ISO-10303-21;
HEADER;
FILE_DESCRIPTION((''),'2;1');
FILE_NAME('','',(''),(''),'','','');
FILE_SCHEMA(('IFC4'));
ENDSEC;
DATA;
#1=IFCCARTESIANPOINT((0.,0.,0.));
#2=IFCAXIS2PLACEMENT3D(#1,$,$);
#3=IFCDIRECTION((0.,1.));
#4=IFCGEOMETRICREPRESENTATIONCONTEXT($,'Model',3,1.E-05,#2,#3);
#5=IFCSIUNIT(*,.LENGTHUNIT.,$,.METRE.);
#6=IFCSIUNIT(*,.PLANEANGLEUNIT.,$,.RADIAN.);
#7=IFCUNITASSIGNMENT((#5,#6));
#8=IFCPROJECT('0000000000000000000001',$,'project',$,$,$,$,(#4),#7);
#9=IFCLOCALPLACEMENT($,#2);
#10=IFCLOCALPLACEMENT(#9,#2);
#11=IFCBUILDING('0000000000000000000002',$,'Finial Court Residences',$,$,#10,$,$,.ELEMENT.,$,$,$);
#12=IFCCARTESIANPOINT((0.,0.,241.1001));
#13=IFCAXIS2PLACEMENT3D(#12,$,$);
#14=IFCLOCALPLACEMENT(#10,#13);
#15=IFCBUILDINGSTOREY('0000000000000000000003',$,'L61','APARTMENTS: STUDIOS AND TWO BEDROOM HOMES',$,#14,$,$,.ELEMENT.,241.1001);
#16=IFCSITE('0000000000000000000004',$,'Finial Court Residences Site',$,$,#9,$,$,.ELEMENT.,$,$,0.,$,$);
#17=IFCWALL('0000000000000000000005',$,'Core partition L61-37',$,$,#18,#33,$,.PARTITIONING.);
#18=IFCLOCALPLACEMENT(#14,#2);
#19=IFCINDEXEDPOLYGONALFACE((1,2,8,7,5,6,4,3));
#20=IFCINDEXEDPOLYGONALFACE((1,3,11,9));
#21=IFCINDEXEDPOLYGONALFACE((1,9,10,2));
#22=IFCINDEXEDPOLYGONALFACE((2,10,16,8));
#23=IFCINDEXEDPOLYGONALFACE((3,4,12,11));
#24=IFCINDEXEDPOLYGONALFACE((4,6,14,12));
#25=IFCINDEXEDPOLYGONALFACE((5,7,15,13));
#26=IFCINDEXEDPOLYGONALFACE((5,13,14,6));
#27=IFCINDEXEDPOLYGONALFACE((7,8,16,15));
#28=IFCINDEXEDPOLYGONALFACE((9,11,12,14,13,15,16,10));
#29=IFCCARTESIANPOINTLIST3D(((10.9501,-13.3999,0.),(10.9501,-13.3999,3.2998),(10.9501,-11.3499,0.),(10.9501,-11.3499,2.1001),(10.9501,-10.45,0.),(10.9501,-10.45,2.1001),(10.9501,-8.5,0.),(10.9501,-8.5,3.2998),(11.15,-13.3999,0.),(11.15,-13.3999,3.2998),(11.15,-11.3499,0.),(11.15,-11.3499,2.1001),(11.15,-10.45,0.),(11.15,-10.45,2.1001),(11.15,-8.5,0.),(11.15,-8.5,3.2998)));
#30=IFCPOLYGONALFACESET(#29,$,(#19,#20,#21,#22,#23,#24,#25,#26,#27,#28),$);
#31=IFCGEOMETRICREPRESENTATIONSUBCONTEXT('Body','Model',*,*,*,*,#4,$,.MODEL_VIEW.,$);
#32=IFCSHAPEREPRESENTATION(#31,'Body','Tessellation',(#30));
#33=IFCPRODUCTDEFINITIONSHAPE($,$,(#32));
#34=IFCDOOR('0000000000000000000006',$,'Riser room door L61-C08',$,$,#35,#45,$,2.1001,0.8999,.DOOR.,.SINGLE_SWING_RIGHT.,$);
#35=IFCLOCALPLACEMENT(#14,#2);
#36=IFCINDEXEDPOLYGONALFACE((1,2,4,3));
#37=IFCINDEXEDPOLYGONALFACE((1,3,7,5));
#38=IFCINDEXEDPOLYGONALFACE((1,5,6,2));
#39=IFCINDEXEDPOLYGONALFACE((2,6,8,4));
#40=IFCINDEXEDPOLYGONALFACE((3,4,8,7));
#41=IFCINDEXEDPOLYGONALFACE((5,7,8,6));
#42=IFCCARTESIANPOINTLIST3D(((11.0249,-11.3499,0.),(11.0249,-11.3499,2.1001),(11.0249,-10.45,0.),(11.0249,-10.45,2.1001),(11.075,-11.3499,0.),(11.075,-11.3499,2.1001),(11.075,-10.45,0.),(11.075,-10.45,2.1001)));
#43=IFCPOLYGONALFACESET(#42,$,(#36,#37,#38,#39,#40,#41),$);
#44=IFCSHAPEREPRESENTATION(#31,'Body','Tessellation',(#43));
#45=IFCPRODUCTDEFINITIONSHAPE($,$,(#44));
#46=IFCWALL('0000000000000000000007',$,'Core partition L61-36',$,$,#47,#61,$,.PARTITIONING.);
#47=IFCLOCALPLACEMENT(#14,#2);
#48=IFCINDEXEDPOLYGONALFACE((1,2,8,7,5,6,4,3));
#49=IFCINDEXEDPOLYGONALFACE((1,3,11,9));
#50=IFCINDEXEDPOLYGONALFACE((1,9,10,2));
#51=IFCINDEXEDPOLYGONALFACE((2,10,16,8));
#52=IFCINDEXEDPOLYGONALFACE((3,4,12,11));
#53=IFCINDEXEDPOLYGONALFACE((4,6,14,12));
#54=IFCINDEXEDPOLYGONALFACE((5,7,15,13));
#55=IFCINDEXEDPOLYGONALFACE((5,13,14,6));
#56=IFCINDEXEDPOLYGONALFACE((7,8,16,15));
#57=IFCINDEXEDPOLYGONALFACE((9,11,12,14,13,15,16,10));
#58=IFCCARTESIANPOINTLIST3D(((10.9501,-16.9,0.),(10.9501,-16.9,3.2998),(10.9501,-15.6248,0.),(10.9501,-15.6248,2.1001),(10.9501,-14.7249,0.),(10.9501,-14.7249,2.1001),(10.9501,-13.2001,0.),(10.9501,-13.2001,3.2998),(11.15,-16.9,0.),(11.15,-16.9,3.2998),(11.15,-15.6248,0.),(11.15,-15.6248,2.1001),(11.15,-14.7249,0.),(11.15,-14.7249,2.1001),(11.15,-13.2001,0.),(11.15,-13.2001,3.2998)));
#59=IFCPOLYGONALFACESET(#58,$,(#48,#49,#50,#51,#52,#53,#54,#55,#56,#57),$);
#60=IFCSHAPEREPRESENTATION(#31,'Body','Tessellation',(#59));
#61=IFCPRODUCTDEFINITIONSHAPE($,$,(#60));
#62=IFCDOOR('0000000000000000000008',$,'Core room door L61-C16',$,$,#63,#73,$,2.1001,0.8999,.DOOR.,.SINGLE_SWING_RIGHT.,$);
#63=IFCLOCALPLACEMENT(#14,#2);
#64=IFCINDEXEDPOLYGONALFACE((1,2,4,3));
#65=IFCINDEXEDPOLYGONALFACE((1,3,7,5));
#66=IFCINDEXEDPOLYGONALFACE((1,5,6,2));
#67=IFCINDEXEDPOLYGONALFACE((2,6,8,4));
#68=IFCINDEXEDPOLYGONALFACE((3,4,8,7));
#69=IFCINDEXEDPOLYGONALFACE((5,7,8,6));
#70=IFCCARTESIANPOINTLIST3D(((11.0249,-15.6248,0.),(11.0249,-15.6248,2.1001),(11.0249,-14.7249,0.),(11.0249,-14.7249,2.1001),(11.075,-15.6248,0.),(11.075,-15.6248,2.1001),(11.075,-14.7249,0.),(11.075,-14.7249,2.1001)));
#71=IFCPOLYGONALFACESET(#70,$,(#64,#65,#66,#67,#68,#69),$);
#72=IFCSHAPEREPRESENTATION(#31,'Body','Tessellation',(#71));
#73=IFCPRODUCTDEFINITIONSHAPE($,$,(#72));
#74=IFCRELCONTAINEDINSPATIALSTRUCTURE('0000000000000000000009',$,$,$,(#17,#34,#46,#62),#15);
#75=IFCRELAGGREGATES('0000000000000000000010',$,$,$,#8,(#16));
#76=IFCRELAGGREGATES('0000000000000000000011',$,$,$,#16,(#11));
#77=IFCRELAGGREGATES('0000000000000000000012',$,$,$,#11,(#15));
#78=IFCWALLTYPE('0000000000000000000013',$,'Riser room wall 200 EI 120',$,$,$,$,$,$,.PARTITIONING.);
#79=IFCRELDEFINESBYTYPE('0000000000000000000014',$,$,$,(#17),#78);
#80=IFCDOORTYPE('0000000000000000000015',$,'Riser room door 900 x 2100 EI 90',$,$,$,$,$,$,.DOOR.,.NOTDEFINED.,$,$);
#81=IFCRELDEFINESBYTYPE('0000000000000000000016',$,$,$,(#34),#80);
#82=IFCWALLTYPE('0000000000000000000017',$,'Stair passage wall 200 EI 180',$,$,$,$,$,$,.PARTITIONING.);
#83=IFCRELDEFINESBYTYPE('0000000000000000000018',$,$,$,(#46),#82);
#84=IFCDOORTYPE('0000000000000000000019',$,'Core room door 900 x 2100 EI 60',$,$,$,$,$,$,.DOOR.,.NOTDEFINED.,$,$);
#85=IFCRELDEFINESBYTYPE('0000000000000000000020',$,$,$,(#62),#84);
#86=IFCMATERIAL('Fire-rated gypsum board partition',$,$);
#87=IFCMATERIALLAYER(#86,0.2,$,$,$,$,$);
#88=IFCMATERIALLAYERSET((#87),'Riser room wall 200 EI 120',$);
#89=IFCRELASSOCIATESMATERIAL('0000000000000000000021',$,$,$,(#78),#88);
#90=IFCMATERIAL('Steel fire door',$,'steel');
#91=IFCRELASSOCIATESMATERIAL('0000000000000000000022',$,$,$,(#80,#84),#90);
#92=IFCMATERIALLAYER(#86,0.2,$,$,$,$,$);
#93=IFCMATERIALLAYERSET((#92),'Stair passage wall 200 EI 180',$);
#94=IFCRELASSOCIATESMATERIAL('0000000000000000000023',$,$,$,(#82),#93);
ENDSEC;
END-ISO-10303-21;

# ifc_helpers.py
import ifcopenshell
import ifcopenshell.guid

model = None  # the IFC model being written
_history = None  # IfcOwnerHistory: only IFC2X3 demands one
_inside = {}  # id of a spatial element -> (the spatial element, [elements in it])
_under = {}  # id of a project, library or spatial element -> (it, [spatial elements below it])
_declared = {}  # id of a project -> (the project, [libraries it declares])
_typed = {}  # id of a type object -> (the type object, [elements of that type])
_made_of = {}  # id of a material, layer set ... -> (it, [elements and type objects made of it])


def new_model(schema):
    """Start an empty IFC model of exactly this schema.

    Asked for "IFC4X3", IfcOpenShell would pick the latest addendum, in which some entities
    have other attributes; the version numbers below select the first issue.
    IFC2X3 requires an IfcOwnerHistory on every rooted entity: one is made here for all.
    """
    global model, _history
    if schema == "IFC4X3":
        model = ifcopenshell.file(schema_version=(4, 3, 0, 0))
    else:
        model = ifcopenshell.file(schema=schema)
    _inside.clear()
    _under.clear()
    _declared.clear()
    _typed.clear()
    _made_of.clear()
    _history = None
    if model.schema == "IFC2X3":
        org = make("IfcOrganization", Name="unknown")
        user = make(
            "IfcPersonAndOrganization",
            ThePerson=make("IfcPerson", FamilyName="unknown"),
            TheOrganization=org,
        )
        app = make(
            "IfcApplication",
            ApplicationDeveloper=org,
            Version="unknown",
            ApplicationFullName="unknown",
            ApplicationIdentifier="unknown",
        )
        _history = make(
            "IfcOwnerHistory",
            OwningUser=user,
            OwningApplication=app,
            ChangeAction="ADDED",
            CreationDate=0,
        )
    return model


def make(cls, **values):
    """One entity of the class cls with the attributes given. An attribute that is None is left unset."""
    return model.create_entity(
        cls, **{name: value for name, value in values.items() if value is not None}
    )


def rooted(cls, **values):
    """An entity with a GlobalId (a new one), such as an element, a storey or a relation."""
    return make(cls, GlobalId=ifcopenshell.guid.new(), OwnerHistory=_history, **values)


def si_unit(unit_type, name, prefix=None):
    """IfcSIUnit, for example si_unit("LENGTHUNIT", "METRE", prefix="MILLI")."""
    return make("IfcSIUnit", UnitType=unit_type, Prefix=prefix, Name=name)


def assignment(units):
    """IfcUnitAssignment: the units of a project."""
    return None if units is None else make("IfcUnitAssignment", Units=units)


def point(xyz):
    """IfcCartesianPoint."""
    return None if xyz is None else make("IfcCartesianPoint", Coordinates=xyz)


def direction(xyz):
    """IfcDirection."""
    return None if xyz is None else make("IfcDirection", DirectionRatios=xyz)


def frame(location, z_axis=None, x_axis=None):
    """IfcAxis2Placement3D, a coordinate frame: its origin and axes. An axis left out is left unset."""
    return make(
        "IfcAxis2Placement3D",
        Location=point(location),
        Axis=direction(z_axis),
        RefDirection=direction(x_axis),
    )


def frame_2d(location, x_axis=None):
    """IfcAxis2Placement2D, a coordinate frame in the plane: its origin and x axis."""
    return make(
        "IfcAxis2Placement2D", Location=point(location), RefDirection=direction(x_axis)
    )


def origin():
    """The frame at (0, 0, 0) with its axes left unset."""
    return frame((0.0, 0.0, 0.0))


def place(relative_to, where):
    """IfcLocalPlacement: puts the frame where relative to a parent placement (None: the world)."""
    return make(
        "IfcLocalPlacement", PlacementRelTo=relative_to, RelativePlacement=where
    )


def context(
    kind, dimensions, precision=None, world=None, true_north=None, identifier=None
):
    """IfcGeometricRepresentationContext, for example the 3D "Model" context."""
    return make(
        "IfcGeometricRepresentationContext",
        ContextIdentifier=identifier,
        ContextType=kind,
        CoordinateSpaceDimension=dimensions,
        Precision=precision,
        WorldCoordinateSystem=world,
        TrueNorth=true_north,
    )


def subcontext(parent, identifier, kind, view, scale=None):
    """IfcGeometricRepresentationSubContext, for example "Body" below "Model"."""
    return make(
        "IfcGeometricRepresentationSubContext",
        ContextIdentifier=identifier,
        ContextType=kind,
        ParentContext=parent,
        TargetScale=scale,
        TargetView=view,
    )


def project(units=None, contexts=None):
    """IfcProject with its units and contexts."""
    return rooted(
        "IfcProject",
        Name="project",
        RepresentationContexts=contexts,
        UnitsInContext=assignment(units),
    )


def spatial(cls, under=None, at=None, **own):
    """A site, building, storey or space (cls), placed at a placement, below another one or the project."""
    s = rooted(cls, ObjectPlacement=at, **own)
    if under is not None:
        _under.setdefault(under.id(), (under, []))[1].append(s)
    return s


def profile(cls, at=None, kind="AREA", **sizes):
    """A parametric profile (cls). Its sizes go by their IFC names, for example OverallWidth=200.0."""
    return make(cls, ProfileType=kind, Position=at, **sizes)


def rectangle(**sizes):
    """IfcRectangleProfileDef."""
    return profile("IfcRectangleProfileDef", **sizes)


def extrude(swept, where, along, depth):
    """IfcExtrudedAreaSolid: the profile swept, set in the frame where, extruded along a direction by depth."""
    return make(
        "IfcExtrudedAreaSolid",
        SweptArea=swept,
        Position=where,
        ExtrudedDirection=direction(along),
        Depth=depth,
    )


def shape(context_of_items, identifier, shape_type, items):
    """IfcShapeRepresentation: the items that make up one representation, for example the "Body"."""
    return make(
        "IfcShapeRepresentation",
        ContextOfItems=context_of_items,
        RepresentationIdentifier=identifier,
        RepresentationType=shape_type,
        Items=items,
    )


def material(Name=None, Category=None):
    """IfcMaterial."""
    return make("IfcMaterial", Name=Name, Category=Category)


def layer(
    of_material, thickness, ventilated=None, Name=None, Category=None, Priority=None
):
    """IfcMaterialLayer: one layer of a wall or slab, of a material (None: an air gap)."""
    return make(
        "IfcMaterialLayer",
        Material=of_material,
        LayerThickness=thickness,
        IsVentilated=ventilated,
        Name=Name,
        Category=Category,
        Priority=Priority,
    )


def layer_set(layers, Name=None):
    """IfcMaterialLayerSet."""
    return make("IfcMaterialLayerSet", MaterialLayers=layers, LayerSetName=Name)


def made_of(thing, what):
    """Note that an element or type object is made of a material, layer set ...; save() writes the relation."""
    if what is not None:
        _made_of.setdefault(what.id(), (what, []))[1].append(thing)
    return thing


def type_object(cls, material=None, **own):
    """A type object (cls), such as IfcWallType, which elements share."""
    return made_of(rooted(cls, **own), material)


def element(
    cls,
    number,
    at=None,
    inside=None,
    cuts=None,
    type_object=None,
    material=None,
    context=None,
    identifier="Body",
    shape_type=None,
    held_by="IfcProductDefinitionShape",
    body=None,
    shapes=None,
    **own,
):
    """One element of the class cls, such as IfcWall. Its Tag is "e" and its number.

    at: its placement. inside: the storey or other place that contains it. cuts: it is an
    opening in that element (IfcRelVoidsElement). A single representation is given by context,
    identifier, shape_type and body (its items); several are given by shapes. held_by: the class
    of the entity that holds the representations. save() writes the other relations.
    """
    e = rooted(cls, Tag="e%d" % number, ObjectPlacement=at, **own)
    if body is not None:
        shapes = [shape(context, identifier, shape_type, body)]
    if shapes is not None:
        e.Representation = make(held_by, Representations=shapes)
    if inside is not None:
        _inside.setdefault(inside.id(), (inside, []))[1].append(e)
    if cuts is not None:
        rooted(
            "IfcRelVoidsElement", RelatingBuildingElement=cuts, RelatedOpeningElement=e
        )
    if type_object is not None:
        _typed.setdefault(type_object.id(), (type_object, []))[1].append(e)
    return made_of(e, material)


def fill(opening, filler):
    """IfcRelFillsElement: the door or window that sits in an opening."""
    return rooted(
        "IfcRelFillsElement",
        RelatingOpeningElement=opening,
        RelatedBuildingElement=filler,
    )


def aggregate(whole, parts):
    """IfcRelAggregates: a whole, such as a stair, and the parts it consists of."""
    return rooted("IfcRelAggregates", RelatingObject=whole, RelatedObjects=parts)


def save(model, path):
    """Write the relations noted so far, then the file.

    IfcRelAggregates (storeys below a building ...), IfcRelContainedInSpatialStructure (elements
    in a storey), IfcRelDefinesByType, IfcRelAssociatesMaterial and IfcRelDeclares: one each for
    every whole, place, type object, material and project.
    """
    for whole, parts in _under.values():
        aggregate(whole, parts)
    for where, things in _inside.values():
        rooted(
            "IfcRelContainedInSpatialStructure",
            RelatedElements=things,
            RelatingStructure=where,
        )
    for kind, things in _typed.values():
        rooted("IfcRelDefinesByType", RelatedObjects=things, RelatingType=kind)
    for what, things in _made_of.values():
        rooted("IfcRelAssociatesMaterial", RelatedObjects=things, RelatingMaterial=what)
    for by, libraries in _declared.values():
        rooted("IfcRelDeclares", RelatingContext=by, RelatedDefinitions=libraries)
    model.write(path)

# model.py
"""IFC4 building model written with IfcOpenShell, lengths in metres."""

from ifc_helpers import new_model, si_unit, direction, frame, frame_2d, origin, place, context, subcontext, project, spatial, rectangle, extrude, material, layer, layer_set, type_object, element, fill, save


model = new_model("IFC4")

# Units and contexts
model_context = context("Model", 3, precision=1e-05, world=origin(), true_north=direction((0.0, 1.0)))
body_context = subcontext(model_context, "Body", "Model", "MODEL_VIEW")
ifc_project = project(units=[si_unit("LENGTHUNIT", "METRE"), si_unit("PLANEANGLEUNIT", "RADIAN")], contexts=[model_context])

# Site, building, storey
site_placement = place(None, origin())
site = spatial("IfcSite", under=ifc_project, at=site_placement, Name="Finial Court Residences Site", CompositionType="ELEMENT", RefElevation=0.0)
building_placement = place(site_placement, origin())
building = spatial("IfcBuilding", under=site, at=building_placement, Name="Finial Court Residences", CompositionType="ELEMENT")
storey_placement = place(building_placement, frame((0.0, 0.0, 241.1001)))
storey = spatial("IfcBuildingStorey", under=building, at=storey_placement, Name="L61", Description="APARTMENTS: STUDIOS AND TWO BEDROOM HOMES", CompositionType="ELEMENT", Elevation=241.1001)

# Shared definitions
ifc_material_1 = material(Name="Steel fire door", Category="steel")

# Shared definitions
ifc_material_2 = material(Name="Fire-rated gypsum board partition")
ifc_layer_1 = layer(ifc_material_2, 0.2)
ifc_layer_set_1 = layer_set([ifc_layer_1], Name="Riser room wall 200 EI 120")
wall_type_1 = type_object("IfcWallType", Name="Riser room wall 200 EI 120", PredefinedType="PARTITIONING", material=ifc_layer_set_1)

# Walls, openings, doors
wall_1_placement = place(storey_placement, frame((11.05, -8.5, 0.0), z_axis=(0.0, 0.0, 1.0), x_axis=(0.0, -1.0, 0.0)))
wall_1 = element("IfcWall", 1, at=wall_1_placement, inside=storey, type_object=wall_type_1, Name="Core partition L61-37", PredefinedType="PARTITIONING", context=body_context, shape_type="SweptSolid", body=[
    extrude(rectangle(XDim=4.8999, YDim=0.2, at=frame_2d((2.45, 0.0))), origin(), (0.0, 0.0, 1.0), 3.2998),
])
opening_1_placement = place(wall_1_placement, frame((1.95, 0.0, 0.0)))
opening_1 = element("IfcOpeningElement", 2, at=opening_1_placement, cuts=wall_1, PredefinedType="OPENING", context=body_context, shape_type="SweptSolid", body=[
    extrude(rectangle(XDim=0.8999, YDim=2.1001, at=frame_2d((0.45, 1.05))), frame((0.0, 0.1099, 0.0), z_axis=(0.0, -1.0, 0.0), x_axis=(1.0, 0.0, 0.0)), (0.0, 0.0, 1.0), 0.22),
])
door_type_1 = type_object("IfcDoorType", Name="Riser room door 900 x 2100 EI 90", OperationType="NOTDEFINED", PredefinedType="DOOR", material=ifc_material_1)
door_1_placement = place(opening_1_placement, origin())
door_1 = element("IfcDoor", 3, at=door_1_placement, inside=storey, type_object=door_type_1, Name="Riser room door L61-C08", OperationType="SINGLE_SWING_RIGHT", OverallHeight=2.1001, OverallWidth=0.8999, PredefinedType="DOOR", context=body_context, shape_type="SweptSolid", body=[
    extrude(rectangle(XDim=0.8999, YDim=2.1001, at=frame_2d((0.45, 1.05))), frame((0.0, 0.0249, 0.0), z_axis=(0.0, -1.0, 0.0), x_axis=(1.0, 0.0, 0.0)), (0.0, 0.0, 1.0), 0.05),
])
fill(opening_1, door_1)
ifc_layer_2 = layer(ifc_material_2, 0.2)
ifc_layer_set_2 = layer_set([ifc_layer_2], Name="Stair passage wall 200 EI 180")
wall_type_2 = type_object("IfcWallType", Name="Stair passage wall 200 EI 180", PredefinedType="PARTITIONING", material=ifc_layer_set_2)
wall_2_placement = place(storey_placement, frame((11.05, -13.2, 0.0), z_axis=(0.0, 0.0, 1.0), x_axis=(0.0, -1.0, 0.0)))
wall_2 = element("IfcWall", 4, at=wall_2_placement, inside=storey, type_object=wall_type_2, Name="Core partition L61-36", PredefinedType="PARTITIONING", context=body_context, shape_type="SweptSolid", body=[
    extrude(rectangle(XDim=3.7, YDim=0.2, at=frame_2d((1.8501, 0.0))), origin(), (0.0, 0.0, 1.0), 3.2998),
])
opening_2_placement = place(wall_2_placement, frame((1.5249, 0.0, 0.0)))
opening_2 = element("IfcOpeningElement", 5, at=opening_2_placement, cuts=wall_2, PredefinedType="OPENING", context=body_context, shape_type="SweptSolid", body=[
    extrude(rectangle(XDim=0.8999, YDim=2.1001, at=frame_2d((0.45, 1.05))), frame((0.0, 0.1099, 0.0), z_axis=(0.0, -1.0, 0.0), x_axis=(1.0, 0.0, 0.0)), (0.0, 0.0, 1.0), 0.22),
])
door_type_2 = type_object("IfcDoorType", Name="Core room door 900 x 2100 EI 60", OperationType="NOTDEFINED", PredefinedType="DOOR", material=ifc_material_1)
door_2_placement = place(opening_2_placement, origin())
door_2 = element("IfcDoor", 6, at=door_2_placement, inside=storey, type_object=door_type_2, Name="Core room door L61-C16", OperationType="SINGLE_SWING_RIGHT", OverallHeight=2.1001, OverallWidth=0.8999, PredefinedType="DOOR", context=body_context, shape_type="SweptSolid", body=[
    extrude(rectangle(XDim=0.8999, YDim=2.1001, at=frame_2d((0.45, 1.05))), frame((0.0, 0.0249, 0.0), z_axis=(0.0, -1.0, 0.0), x_axis=(1.0, 0.0, 0.0)), (0.0, 0.0, 1.0), 0.05),
])
fill(opening_2, door_2)

save(model, "model.ifc")
